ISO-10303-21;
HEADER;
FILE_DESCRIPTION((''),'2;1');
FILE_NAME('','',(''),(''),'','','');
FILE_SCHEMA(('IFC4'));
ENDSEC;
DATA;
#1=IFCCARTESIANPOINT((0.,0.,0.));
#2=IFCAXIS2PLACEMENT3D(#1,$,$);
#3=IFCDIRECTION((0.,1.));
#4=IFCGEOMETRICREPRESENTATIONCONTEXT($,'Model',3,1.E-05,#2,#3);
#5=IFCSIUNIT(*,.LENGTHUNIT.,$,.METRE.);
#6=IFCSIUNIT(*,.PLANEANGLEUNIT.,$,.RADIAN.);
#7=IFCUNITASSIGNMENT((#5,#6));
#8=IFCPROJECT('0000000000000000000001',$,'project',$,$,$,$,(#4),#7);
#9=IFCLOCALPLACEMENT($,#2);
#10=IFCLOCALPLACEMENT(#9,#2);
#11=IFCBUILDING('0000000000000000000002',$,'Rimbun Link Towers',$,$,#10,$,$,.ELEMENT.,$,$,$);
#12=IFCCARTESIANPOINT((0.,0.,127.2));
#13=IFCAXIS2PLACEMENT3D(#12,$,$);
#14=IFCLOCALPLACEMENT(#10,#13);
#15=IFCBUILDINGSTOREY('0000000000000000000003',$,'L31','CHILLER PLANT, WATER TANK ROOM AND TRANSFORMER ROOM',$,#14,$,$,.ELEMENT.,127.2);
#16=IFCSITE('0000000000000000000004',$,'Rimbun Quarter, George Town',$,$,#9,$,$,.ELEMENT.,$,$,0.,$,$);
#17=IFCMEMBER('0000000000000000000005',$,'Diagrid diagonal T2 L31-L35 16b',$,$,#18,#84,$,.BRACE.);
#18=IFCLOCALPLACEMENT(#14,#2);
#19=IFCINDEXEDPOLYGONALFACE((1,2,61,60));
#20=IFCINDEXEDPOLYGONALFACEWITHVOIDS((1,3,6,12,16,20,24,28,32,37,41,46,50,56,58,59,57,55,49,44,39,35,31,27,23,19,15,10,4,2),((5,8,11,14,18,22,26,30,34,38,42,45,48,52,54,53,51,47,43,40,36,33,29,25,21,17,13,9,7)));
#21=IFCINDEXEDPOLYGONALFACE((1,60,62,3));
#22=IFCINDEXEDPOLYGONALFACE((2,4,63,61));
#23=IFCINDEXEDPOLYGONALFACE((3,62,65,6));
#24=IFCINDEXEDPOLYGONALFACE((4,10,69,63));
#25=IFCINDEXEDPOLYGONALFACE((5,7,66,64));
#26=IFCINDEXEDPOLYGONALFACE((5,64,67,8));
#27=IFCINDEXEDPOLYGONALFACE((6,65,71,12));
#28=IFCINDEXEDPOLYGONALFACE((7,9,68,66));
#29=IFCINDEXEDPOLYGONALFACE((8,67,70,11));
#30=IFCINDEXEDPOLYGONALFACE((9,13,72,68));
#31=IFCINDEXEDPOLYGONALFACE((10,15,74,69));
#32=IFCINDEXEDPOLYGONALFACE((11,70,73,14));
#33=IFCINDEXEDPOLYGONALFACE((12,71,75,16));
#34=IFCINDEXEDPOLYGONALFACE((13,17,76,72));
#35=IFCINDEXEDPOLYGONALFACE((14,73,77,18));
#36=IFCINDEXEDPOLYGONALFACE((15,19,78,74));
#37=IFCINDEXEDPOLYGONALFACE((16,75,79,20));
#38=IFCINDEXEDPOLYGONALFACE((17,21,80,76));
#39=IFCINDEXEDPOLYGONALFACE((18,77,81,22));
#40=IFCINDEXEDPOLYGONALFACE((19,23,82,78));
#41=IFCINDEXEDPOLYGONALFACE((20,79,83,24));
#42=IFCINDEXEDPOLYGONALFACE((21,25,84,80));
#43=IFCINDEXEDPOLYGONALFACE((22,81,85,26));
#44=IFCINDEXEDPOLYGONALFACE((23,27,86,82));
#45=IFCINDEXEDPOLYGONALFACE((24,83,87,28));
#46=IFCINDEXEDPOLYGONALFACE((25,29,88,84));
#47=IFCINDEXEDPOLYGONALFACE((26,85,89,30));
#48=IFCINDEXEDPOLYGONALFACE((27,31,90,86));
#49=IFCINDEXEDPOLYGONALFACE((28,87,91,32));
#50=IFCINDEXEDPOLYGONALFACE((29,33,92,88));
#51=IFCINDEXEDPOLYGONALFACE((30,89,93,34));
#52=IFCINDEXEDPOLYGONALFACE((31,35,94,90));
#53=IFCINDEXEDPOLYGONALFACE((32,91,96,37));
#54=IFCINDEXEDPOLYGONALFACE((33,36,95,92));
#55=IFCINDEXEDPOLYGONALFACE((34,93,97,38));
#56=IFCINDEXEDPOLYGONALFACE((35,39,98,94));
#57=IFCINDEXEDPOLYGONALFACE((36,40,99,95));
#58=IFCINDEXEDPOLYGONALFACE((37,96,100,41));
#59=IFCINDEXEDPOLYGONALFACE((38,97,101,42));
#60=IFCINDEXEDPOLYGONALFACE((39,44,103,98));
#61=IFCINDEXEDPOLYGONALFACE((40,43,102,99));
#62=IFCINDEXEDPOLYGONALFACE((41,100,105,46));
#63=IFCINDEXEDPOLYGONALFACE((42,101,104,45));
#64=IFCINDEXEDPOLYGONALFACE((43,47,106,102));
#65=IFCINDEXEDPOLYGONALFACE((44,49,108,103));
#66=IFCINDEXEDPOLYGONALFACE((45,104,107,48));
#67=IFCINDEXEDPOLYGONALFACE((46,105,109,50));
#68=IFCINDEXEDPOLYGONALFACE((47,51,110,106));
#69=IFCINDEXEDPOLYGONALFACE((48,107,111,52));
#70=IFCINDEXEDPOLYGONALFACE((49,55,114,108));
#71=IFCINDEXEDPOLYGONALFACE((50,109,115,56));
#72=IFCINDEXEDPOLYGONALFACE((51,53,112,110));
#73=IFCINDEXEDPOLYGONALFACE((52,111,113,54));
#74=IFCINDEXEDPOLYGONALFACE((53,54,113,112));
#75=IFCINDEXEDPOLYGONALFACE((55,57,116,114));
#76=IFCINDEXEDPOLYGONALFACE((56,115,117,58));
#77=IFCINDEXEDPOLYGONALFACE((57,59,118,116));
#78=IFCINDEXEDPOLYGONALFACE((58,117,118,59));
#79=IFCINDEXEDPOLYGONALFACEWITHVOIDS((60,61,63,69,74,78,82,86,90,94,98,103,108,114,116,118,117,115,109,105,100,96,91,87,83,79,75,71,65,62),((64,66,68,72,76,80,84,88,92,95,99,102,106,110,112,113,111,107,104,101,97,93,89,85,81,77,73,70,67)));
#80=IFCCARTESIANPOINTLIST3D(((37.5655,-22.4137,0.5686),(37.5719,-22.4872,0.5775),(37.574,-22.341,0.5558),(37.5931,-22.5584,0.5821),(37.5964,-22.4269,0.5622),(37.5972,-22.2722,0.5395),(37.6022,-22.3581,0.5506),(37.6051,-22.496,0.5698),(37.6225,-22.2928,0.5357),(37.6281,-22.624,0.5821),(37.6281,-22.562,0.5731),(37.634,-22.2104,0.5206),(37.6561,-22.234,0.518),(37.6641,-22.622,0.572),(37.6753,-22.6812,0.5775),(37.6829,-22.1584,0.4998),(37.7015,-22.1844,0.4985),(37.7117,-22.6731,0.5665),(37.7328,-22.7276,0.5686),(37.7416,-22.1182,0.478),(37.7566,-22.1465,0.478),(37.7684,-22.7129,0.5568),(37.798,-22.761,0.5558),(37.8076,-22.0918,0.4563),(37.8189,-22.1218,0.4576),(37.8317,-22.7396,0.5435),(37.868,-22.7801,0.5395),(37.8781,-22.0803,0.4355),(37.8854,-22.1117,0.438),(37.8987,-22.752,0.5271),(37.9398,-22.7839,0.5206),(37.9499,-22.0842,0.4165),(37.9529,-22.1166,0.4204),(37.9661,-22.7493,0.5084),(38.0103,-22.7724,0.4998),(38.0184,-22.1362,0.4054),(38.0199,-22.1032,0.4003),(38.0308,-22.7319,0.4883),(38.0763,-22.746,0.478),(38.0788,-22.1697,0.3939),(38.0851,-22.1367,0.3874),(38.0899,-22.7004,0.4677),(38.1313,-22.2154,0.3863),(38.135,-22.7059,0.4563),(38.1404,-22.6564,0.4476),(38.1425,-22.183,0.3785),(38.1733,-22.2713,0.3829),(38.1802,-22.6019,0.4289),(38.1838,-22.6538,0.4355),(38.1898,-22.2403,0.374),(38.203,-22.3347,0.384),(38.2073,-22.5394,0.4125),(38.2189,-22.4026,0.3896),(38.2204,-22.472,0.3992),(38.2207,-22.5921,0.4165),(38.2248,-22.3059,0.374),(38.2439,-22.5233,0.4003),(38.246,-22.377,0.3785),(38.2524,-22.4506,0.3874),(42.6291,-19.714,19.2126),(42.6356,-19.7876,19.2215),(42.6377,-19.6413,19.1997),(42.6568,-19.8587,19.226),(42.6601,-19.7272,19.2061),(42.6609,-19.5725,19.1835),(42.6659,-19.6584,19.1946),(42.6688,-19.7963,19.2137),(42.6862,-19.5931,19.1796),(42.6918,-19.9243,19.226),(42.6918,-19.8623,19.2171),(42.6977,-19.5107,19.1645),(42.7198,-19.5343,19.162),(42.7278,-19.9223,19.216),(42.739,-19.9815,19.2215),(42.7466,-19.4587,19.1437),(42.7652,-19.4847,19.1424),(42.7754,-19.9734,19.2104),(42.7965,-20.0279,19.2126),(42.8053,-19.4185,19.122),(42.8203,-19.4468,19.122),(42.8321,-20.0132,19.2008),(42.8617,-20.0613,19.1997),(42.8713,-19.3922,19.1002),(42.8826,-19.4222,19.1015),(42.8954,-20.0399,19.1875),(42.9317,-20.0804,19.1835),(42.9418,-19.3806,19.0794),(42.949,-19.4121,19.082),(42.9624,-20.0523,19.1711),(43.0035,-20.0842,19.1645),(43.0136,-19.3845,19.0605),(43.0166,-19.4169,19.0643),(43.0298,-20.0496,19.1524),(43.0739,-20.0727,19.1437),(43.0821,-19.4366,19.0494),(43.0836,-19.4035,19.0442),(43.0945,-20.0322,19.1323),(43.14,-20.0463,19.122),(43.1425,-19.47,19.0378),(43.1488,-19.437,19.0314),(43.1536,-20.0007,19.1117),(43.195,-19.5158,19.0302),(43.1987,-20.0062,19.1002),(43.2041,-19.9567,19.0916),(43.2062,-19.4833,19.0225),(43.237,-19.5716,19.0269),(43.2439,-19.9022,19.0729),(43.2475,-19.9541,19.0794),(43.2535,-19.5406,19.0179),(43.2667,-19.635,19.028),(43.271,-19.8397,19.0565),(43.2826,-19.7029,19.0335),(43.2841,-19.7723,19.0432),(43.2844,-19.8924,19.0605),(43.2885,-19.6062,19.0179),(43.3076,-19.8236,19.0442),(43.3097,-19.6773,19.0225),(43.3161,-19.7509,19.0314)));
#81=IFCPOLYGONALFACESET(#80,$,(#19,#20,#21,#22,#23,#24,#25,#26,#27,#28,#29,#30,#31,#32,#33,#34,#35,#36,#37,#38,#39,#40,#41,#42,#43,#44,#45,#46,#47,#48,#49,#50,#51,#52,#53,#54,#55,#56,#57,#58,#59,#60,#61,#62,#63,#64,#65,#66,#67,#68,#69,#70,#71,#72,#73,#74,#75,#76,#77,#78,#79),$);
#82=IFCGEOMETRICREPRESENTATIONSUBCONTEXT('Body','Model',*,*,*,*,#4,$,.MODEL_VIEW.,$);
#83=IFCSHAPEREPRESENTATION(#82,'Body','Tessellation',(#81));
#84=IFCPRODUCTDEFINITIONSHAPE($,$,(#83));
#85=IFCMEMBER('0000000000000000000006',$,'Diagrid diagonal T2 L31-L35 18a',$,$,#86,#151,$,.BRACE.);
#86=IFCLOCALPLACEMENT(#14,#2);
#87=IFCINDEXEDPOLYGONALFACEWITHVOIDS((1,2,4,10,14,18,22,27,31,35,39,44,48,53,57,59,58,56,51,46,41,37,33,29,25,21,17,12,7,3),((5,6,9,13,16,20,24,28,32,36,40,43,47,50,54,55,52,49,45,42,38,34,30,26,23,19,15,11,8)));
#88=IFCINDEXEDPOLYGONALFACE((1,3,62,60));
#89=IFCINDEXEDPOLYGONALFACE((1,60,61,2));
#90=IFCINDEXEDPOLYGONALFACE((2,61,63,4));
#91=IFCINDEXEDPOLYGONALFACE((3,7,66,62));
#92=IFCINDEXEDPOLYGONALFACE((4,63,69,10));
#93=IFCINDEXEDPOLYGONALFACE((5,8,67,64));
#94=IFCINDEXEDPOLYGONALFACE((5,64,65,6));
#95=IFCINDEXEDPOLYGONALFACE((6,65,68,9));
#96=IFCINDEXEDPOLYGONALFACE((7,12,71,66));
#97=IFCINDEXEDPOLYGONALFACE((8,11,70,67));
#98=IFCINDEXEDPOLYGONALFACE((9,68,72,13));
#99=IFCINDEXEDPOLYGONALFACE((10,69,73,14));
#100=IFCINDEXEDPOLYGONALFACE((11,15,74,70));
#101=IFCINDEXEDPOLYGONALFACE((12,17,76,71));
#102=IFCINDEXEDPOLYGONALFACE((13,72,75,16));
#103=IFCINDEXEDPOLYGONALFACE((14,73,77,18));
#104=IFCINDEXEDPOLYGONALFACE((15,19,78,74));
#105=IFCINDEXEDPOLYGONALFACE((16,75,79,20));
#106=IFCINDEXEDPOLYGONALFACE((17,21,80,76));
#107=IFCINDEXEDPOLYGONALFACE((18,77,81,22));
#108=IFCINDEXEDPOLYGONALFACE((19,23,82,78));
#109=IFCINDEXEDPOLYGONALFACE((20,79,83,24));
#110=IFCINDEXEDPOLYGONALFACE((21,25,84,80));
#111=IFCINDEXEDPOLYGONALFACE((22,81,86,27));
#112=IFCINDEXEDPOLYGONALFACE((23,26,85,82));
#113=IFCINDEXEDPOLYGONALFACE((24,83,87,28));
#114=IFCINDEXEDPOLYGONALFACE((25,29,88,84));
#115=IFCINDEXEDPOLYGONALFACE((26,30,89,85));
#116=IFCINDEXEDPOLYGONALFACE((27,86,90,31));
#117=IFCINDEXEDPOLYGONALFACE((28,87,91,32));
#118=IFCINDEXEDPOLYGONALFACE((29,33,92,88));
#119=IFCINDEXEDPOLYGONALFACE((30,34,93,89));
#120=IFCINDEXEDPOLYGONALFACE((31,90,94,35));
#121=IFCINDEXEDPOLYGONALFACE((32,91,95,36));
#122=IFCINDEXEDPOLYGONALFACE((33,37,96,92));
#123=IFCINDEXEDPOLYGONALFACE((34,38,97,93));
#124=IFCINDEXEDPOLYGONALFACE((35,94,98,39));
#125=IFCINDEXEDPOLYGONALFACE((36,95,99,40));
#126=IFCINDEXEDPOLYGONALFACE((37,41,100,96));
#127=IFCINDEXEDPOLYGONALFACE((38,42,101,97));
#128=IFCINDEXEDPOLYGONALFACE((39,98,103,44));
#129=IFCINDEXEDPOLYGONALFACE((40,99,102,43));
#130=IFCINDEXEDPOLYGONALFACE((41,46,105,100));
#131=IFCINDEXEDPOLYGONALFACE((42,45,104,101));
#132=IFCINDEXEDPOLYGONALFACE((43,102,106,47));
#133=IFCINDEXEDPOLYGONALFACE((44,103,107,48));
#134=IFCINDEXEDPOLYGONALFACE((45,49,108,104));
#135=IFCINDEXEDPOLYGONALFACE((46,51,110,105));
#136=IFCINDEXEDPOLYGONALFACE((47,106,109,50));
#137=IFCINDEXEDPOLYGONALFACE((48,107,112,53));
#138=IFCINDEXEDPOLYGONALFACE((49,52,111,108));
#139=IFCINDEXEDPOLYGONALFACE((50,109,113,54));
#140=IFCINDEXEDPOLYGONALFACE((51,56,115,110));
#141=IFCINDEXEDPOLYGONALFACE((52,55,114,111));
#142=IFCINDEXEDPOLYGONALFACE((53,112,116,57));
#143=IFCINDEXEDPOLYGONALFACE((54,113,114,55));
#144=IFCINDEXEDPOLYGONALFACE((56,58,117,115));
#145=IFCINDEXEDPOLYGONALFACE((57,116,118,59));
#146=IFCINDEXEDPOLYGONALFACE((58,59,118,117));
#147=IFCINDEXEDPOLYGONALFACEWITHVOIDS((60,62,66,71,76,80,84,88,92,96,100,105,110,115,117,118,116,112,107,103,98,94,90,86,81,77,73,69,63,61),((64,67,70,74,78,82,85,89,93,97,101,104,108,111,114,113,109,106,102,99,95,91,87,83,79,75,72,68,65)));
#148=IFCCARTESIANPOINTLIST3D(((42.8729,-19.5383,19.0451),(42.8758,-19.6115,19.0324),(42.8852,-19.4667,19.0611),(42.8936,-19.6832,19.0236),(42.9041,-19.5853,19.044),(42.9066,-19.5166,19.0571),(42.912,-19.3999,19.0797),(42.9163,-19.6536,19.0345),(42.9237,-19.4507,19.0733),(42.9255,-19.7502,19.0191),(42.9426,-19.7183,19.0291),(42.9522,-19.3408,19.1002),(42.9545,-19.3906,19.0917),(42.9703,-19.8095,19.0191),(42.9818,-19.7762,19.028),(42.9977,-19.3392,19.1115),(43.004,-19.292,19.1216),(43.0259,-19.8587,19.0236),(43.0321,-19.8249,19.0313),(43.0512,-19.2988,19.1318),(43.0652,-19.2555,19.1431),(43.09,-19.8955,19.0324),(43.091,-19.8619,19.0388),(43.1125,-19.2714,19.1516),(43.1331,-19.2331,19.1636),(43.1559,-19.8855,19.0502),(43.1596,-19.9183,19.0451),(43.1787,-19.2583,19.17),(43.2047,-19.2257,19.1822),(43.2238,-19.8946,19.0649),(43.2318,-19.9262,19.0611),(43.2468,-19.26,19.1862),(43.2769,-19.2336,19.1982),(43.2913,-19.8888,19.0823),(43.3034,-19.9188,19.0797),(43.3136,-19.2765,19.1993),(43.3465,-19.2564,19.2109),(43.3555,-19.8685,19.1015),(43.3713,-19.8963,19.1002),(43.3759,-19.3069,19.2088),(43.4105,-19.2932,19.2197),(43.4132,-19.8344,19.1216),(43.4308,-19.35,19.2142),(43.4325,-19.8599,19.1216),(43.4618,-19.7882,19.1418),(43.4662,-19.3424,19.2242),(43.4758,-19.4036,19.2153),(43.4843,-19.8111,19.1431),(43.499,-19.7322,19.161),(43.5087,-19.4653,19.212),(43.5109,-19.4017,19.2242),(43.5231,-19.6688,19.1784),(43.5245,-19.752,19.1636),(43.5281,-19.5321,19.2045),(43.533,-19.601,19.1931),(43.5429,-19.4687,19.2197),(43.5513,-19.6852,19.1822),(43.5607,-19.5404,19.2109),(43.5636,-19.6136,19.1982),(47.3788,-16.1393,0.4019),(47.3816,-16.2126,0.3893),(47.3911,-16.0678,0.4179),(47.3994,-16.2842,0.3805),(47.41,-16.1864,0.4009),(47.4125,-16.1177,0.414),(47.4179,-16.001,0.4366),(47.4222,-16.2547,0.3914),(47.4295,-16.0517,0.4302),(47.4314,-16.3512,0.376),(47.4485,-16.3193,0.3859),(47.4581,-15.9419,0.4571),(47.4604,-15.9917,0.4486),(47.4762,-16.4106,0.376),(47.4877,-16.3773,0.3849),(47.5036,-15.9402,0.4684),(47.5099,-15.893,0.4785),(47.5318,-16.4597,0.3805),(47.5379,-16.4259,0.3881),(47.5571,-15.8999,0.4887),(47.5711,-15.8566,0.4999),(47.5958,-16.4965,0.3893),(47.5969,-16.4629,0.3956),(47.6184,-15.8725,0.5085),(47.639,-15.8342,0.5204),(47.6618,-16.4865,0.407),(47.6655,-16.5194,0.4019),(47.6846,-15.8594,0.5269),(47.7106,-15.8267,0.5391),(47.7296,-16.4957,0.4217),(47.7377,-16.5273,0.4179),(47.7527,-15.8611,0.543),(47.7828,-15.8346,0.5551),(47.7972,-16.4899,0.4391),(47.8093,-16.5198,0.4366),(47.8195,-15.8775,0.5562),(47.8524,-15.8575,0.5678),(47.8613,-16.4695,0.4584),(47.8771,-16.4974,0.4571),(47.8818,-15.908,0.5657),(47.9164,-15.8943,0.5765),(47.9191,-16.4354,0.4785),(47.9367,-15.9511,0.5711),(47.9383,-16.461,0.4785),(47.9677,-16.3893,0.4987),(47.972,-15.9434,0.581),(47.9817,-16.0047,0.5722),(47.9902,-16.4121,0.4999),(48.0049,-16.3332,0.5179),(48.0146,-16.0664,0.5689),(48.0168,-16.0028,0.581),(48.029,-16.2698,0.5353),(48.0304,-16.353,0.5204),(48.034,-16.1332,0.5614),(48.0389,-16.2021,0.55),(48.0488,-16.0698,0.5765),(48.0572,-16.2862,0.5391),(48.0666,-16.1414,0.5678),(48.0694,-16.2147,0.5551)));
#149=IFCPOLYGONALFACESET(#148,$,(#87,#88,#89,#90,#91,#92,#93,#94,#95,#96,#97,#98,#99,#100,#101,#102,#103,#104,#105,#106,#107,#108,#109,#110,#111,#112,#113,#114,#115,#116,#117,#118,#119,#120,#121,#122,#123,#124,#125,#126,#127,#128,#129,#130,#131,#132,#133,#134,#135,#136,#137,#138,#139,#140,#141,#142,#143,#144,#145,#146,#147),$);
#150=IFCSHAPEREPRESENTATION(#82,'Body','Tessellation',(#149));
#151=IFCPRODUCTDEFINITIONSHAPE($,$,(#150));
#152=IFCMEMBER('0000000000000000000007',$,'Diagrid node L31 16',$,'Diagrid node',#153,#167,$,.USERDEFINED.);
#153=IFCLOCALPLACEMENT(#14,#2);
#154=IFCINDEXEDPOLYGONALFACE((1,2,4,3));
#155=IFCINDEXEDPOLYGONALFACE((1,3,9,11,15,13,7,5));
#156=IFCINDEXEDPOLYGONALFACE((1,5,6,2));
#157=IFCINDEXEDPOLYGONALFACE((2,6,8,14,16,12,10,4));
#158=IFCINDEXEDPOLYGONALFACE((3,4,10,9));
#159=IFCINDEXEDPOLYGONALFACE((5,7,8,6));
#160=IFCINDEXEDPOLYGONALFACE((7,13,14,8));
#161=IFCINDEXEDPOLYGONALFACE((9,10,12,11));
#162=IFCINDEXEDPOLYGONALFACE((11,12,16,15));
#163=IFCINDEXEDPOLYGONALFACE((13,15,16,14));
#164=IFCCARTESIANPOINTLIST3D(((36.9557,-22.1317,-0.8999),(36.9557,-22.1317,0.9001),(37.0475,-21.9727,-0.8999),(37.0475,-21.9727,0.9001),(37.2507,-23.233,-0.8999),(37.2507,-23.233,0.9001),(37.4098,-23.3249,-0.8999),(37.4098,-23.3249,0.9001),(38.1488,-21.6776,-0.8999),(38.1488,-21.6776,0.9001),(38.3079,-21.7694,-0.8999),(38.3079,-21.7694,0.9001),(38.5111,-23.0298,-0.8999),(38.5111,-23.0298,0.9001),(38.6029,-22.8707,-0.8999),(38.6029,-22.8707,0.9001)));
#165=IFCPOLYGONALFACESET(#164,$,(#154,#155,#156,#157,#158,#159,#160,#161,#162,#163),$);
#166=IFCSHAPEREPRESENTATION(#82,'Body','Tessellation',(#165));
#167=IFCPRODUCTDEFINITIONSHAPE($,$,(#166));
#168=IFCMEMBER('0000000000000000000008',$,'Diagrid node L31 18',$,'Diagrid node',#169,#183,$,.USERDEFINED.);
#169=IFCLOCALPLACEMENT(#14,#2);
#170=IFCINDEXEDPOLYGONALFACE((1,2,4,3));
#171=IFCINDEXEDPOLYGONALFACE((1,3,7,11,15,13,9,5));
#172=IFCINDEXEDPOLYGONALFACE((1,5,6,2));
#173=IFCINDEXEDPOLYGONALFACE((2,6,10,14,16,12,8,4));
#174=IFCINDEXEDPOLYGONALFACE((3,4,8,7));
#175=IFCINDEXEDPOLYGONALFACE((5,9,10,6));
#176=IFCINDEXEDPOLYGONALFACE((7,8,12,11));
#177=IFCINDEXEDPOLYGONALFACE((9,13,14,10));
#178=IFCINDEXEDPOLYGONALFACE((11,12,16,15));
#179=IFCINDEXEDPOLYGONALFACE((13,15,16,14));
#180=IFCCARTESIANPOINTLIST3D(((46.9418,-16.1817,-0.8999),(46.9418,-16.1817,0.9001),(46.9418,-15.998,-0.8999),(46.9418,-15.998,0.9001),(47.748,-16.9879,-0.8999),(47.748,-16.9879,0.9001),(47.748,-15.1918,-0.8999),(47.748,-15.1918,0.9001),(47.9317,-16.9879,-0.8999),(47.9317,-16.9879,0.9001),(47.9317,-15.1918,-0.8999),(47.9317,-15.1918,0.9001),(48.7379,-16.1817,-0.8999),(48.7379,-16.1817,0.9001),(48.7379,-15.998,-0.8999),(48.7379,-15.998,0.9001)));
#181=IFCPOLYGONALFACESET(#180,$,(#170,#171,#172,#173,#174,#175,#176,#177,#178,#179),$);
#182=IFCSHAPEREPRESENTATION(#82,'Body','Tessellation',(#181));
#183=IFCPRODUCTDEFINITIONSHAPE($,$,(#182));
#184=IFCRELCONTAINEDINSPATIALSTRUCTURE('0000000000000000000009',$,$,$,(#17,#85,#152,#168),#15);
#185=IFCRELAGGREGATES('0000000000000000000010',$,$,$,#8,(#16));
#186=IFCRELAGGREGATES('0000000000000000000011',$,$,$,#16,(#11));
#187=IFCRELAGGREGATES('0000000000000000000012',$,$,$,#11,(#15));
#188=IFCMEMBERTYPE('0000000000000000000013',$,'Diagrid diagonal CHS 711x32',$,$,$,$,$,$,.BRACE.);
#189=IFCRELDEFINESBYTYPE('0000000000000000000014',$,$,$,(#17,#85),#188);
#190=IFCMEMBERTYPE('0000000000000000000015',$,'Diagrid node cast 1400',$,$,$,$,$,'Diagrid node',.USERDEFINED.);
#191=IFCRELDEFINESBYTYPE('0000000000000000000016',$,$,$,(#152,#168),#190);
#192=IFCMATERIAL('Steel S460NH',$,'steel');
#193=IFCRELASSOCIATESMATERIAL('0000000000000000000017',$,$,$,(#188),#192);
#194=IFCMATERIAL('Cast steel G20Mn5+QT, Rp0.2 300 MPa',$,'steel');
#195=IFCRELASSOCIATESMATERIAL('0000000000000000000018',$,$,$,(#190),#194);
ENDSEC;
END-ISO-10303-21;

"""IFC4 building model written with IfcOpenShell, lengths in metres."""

from ifc_helpers import new_model, si_unit, direction, frame, origin, origin_2d, place, context, subcontext, project, spatial, polyline, hollow_circle, outline, extrude, material, material_profile, profile_set, type_object, element, save


model = new_model("IFC4")

# Units and contexts
model_context = context("Model", 3, precision=1e-05, world=origin(), true_north=direction((0.0, 1.0)))
body_context = subcontext(model_context, "Body", "Model", "MODEL_VIEW")
ifc_project = project(units=[si_unit("LENGTHUNIT", "METRE"), si_unit("PLANEANGLEUNIT", "RADIAN")], contexts=[model_context])

# Site, building, storey
site_placement = place(None, origin())
site = spatial("IfcSite", under=ifc_project, at=site_placement, Name="Rimbun Quarter, George Town", CompositionType="ELEMENT", RefElevation=0.0)
building_placement = place(site_placement, origin())
building = spatial("IfcBuilding", under=site, at=building_placement, Name="Rimbun Link Towers", CompositionType="ELEMENT")
storey_placement = place(building_placement, frame((0.0, 0.0, 127.2)))
storey = spatial("IfcBuildingStorey", under=building, at=storey_placement, Name="L31", Description="CHILLER PLANT, WATER TANK ROOM AND TRANSFORMER ROOM", CompositionType="ELEMENT", Elevation=127.2)

# Members
ifc_material_1 = material(Name="Steel S460NH", Category="steel")
ifc_material_profile_1 = material_profile(ifc_material_1, hollow_circle(Radius=0.3557, WallThickness=0.032, at=origin_2d()), Name="Diagrid diagonal CHS 711x32")
ifc_profile_set_1 = profile_set([ifc_material_profile_1], Name="Steel S460NH")
member_type_1 = type_object("IfcMemberType", Name="Diagrid diagonal CHS 711x32", PredefinedType="BRACE", material=ifc_profile_set_1)
member_1_placement = place(storey_placement, frame((37.9089, -22.4321, 0.478), z_axis=(0.259582, 0.138396, 0.955753), x_axis=(-0.47046, 0.882421, 0.0)))
element("IfcMember", 1, at=member_1_placement, inside=storey, type_object=member_type_1, Name="Diagrid diagonal T2 L31-L35 16b", PredefinedType="BRACE", context=body_context, shape_type="SweptSolid", body=[
    extrude(hollow_circle(Radius=0.3557, WallThickness=0.032, at=origin_2d()), origin(), (0.0, 0.0, 1.0), 19.5071),
])
member_2_placement = place(storey_placement, frame((47.7241, -16.177, 0.4785), z_axis=(-0.231322, -0.174495, 0.957101), x_axis=(0.602212, -0.798336, 0.0)))
element("IfcMember", 2, at=member_2_placement, inside=storey, type_object=member_type_1, Name="Diagrid diagonal T2 L31-L35 18a", PredefinedType="BRACE", context=body_context, shape_type="SweptSolid", body=[
    extrude(hollow_circle(Radius=0.3557, WallThickness=0.032, at=origin_2d()), origin(), (0.0, 0.0, 1.0), 19.4788),
])
ifc_material_2 = material(Name="Cast steel G20Mn5+QT, Rp0.2 300 MPa", Category="steel")
ifc_material_profile_2 = material_profile(ifc_material_2, outline(polyline([(0.7, -0.5701), (0.7, 0.5701), (0.5701, 0.7), (-0.5701, 0.7), (-0.7, 0.5701), (-0.7, -0.5701), (-0.5701, -0.7), (0.5701, -0.7), (0.7, -0.5701)])), Name="NODE 1400x1400")
ifc_profile_set_2 = profile_set([ifc_material_profile_2], Name="Cast steel G20Mn5+QT, Rp0.2 300 MPa")
member_type_2 = type_object("IfcMemberType", Name="Diagrid node cast 1400", ElementType="Diagrid node", PredefinedType="USERDEFINED", material=ifc_profile_set_2)
for number, where, z_axis, x_axis, name in (
    (3, (37.7793, -22.5012, -0.8999), (0.0, 0.0, 1.0), (0.258819, -0.965926, 0.0), "Diagrid node L31 16"),
    (4, (47.8398, -16.0898, -0.8999), (0.0, 0.0, 1.0), (0.707107, -0.707107, 0.0), "Diagrid node L31 18"),
):
    element("IfcMember", number, at=place(storey_placement, frame(where, z_axis=z_axis, x_axis=x_axis)), inside=storey, type_object=member_type_2, Name=name, ObjectType="Diagrid node", PredefinedType="USERDEFINED", context=body_context, shape_type="SweptSolid", body=[
        extrude(outline(polyline([(0.7, -0.5701), (0.7, 0.5701), (0.5701, 0.7), (-0.5701, 0.7), (-0.7, 0.5701), (-0.7, -0.5701), (-0.5701, -0.7), (0.5701, -0.7), (0.7, -0.5701)])), origin(), (0.0, 0.0, 1.0), 1.8),
    ])

save(model, "model.ifc")
